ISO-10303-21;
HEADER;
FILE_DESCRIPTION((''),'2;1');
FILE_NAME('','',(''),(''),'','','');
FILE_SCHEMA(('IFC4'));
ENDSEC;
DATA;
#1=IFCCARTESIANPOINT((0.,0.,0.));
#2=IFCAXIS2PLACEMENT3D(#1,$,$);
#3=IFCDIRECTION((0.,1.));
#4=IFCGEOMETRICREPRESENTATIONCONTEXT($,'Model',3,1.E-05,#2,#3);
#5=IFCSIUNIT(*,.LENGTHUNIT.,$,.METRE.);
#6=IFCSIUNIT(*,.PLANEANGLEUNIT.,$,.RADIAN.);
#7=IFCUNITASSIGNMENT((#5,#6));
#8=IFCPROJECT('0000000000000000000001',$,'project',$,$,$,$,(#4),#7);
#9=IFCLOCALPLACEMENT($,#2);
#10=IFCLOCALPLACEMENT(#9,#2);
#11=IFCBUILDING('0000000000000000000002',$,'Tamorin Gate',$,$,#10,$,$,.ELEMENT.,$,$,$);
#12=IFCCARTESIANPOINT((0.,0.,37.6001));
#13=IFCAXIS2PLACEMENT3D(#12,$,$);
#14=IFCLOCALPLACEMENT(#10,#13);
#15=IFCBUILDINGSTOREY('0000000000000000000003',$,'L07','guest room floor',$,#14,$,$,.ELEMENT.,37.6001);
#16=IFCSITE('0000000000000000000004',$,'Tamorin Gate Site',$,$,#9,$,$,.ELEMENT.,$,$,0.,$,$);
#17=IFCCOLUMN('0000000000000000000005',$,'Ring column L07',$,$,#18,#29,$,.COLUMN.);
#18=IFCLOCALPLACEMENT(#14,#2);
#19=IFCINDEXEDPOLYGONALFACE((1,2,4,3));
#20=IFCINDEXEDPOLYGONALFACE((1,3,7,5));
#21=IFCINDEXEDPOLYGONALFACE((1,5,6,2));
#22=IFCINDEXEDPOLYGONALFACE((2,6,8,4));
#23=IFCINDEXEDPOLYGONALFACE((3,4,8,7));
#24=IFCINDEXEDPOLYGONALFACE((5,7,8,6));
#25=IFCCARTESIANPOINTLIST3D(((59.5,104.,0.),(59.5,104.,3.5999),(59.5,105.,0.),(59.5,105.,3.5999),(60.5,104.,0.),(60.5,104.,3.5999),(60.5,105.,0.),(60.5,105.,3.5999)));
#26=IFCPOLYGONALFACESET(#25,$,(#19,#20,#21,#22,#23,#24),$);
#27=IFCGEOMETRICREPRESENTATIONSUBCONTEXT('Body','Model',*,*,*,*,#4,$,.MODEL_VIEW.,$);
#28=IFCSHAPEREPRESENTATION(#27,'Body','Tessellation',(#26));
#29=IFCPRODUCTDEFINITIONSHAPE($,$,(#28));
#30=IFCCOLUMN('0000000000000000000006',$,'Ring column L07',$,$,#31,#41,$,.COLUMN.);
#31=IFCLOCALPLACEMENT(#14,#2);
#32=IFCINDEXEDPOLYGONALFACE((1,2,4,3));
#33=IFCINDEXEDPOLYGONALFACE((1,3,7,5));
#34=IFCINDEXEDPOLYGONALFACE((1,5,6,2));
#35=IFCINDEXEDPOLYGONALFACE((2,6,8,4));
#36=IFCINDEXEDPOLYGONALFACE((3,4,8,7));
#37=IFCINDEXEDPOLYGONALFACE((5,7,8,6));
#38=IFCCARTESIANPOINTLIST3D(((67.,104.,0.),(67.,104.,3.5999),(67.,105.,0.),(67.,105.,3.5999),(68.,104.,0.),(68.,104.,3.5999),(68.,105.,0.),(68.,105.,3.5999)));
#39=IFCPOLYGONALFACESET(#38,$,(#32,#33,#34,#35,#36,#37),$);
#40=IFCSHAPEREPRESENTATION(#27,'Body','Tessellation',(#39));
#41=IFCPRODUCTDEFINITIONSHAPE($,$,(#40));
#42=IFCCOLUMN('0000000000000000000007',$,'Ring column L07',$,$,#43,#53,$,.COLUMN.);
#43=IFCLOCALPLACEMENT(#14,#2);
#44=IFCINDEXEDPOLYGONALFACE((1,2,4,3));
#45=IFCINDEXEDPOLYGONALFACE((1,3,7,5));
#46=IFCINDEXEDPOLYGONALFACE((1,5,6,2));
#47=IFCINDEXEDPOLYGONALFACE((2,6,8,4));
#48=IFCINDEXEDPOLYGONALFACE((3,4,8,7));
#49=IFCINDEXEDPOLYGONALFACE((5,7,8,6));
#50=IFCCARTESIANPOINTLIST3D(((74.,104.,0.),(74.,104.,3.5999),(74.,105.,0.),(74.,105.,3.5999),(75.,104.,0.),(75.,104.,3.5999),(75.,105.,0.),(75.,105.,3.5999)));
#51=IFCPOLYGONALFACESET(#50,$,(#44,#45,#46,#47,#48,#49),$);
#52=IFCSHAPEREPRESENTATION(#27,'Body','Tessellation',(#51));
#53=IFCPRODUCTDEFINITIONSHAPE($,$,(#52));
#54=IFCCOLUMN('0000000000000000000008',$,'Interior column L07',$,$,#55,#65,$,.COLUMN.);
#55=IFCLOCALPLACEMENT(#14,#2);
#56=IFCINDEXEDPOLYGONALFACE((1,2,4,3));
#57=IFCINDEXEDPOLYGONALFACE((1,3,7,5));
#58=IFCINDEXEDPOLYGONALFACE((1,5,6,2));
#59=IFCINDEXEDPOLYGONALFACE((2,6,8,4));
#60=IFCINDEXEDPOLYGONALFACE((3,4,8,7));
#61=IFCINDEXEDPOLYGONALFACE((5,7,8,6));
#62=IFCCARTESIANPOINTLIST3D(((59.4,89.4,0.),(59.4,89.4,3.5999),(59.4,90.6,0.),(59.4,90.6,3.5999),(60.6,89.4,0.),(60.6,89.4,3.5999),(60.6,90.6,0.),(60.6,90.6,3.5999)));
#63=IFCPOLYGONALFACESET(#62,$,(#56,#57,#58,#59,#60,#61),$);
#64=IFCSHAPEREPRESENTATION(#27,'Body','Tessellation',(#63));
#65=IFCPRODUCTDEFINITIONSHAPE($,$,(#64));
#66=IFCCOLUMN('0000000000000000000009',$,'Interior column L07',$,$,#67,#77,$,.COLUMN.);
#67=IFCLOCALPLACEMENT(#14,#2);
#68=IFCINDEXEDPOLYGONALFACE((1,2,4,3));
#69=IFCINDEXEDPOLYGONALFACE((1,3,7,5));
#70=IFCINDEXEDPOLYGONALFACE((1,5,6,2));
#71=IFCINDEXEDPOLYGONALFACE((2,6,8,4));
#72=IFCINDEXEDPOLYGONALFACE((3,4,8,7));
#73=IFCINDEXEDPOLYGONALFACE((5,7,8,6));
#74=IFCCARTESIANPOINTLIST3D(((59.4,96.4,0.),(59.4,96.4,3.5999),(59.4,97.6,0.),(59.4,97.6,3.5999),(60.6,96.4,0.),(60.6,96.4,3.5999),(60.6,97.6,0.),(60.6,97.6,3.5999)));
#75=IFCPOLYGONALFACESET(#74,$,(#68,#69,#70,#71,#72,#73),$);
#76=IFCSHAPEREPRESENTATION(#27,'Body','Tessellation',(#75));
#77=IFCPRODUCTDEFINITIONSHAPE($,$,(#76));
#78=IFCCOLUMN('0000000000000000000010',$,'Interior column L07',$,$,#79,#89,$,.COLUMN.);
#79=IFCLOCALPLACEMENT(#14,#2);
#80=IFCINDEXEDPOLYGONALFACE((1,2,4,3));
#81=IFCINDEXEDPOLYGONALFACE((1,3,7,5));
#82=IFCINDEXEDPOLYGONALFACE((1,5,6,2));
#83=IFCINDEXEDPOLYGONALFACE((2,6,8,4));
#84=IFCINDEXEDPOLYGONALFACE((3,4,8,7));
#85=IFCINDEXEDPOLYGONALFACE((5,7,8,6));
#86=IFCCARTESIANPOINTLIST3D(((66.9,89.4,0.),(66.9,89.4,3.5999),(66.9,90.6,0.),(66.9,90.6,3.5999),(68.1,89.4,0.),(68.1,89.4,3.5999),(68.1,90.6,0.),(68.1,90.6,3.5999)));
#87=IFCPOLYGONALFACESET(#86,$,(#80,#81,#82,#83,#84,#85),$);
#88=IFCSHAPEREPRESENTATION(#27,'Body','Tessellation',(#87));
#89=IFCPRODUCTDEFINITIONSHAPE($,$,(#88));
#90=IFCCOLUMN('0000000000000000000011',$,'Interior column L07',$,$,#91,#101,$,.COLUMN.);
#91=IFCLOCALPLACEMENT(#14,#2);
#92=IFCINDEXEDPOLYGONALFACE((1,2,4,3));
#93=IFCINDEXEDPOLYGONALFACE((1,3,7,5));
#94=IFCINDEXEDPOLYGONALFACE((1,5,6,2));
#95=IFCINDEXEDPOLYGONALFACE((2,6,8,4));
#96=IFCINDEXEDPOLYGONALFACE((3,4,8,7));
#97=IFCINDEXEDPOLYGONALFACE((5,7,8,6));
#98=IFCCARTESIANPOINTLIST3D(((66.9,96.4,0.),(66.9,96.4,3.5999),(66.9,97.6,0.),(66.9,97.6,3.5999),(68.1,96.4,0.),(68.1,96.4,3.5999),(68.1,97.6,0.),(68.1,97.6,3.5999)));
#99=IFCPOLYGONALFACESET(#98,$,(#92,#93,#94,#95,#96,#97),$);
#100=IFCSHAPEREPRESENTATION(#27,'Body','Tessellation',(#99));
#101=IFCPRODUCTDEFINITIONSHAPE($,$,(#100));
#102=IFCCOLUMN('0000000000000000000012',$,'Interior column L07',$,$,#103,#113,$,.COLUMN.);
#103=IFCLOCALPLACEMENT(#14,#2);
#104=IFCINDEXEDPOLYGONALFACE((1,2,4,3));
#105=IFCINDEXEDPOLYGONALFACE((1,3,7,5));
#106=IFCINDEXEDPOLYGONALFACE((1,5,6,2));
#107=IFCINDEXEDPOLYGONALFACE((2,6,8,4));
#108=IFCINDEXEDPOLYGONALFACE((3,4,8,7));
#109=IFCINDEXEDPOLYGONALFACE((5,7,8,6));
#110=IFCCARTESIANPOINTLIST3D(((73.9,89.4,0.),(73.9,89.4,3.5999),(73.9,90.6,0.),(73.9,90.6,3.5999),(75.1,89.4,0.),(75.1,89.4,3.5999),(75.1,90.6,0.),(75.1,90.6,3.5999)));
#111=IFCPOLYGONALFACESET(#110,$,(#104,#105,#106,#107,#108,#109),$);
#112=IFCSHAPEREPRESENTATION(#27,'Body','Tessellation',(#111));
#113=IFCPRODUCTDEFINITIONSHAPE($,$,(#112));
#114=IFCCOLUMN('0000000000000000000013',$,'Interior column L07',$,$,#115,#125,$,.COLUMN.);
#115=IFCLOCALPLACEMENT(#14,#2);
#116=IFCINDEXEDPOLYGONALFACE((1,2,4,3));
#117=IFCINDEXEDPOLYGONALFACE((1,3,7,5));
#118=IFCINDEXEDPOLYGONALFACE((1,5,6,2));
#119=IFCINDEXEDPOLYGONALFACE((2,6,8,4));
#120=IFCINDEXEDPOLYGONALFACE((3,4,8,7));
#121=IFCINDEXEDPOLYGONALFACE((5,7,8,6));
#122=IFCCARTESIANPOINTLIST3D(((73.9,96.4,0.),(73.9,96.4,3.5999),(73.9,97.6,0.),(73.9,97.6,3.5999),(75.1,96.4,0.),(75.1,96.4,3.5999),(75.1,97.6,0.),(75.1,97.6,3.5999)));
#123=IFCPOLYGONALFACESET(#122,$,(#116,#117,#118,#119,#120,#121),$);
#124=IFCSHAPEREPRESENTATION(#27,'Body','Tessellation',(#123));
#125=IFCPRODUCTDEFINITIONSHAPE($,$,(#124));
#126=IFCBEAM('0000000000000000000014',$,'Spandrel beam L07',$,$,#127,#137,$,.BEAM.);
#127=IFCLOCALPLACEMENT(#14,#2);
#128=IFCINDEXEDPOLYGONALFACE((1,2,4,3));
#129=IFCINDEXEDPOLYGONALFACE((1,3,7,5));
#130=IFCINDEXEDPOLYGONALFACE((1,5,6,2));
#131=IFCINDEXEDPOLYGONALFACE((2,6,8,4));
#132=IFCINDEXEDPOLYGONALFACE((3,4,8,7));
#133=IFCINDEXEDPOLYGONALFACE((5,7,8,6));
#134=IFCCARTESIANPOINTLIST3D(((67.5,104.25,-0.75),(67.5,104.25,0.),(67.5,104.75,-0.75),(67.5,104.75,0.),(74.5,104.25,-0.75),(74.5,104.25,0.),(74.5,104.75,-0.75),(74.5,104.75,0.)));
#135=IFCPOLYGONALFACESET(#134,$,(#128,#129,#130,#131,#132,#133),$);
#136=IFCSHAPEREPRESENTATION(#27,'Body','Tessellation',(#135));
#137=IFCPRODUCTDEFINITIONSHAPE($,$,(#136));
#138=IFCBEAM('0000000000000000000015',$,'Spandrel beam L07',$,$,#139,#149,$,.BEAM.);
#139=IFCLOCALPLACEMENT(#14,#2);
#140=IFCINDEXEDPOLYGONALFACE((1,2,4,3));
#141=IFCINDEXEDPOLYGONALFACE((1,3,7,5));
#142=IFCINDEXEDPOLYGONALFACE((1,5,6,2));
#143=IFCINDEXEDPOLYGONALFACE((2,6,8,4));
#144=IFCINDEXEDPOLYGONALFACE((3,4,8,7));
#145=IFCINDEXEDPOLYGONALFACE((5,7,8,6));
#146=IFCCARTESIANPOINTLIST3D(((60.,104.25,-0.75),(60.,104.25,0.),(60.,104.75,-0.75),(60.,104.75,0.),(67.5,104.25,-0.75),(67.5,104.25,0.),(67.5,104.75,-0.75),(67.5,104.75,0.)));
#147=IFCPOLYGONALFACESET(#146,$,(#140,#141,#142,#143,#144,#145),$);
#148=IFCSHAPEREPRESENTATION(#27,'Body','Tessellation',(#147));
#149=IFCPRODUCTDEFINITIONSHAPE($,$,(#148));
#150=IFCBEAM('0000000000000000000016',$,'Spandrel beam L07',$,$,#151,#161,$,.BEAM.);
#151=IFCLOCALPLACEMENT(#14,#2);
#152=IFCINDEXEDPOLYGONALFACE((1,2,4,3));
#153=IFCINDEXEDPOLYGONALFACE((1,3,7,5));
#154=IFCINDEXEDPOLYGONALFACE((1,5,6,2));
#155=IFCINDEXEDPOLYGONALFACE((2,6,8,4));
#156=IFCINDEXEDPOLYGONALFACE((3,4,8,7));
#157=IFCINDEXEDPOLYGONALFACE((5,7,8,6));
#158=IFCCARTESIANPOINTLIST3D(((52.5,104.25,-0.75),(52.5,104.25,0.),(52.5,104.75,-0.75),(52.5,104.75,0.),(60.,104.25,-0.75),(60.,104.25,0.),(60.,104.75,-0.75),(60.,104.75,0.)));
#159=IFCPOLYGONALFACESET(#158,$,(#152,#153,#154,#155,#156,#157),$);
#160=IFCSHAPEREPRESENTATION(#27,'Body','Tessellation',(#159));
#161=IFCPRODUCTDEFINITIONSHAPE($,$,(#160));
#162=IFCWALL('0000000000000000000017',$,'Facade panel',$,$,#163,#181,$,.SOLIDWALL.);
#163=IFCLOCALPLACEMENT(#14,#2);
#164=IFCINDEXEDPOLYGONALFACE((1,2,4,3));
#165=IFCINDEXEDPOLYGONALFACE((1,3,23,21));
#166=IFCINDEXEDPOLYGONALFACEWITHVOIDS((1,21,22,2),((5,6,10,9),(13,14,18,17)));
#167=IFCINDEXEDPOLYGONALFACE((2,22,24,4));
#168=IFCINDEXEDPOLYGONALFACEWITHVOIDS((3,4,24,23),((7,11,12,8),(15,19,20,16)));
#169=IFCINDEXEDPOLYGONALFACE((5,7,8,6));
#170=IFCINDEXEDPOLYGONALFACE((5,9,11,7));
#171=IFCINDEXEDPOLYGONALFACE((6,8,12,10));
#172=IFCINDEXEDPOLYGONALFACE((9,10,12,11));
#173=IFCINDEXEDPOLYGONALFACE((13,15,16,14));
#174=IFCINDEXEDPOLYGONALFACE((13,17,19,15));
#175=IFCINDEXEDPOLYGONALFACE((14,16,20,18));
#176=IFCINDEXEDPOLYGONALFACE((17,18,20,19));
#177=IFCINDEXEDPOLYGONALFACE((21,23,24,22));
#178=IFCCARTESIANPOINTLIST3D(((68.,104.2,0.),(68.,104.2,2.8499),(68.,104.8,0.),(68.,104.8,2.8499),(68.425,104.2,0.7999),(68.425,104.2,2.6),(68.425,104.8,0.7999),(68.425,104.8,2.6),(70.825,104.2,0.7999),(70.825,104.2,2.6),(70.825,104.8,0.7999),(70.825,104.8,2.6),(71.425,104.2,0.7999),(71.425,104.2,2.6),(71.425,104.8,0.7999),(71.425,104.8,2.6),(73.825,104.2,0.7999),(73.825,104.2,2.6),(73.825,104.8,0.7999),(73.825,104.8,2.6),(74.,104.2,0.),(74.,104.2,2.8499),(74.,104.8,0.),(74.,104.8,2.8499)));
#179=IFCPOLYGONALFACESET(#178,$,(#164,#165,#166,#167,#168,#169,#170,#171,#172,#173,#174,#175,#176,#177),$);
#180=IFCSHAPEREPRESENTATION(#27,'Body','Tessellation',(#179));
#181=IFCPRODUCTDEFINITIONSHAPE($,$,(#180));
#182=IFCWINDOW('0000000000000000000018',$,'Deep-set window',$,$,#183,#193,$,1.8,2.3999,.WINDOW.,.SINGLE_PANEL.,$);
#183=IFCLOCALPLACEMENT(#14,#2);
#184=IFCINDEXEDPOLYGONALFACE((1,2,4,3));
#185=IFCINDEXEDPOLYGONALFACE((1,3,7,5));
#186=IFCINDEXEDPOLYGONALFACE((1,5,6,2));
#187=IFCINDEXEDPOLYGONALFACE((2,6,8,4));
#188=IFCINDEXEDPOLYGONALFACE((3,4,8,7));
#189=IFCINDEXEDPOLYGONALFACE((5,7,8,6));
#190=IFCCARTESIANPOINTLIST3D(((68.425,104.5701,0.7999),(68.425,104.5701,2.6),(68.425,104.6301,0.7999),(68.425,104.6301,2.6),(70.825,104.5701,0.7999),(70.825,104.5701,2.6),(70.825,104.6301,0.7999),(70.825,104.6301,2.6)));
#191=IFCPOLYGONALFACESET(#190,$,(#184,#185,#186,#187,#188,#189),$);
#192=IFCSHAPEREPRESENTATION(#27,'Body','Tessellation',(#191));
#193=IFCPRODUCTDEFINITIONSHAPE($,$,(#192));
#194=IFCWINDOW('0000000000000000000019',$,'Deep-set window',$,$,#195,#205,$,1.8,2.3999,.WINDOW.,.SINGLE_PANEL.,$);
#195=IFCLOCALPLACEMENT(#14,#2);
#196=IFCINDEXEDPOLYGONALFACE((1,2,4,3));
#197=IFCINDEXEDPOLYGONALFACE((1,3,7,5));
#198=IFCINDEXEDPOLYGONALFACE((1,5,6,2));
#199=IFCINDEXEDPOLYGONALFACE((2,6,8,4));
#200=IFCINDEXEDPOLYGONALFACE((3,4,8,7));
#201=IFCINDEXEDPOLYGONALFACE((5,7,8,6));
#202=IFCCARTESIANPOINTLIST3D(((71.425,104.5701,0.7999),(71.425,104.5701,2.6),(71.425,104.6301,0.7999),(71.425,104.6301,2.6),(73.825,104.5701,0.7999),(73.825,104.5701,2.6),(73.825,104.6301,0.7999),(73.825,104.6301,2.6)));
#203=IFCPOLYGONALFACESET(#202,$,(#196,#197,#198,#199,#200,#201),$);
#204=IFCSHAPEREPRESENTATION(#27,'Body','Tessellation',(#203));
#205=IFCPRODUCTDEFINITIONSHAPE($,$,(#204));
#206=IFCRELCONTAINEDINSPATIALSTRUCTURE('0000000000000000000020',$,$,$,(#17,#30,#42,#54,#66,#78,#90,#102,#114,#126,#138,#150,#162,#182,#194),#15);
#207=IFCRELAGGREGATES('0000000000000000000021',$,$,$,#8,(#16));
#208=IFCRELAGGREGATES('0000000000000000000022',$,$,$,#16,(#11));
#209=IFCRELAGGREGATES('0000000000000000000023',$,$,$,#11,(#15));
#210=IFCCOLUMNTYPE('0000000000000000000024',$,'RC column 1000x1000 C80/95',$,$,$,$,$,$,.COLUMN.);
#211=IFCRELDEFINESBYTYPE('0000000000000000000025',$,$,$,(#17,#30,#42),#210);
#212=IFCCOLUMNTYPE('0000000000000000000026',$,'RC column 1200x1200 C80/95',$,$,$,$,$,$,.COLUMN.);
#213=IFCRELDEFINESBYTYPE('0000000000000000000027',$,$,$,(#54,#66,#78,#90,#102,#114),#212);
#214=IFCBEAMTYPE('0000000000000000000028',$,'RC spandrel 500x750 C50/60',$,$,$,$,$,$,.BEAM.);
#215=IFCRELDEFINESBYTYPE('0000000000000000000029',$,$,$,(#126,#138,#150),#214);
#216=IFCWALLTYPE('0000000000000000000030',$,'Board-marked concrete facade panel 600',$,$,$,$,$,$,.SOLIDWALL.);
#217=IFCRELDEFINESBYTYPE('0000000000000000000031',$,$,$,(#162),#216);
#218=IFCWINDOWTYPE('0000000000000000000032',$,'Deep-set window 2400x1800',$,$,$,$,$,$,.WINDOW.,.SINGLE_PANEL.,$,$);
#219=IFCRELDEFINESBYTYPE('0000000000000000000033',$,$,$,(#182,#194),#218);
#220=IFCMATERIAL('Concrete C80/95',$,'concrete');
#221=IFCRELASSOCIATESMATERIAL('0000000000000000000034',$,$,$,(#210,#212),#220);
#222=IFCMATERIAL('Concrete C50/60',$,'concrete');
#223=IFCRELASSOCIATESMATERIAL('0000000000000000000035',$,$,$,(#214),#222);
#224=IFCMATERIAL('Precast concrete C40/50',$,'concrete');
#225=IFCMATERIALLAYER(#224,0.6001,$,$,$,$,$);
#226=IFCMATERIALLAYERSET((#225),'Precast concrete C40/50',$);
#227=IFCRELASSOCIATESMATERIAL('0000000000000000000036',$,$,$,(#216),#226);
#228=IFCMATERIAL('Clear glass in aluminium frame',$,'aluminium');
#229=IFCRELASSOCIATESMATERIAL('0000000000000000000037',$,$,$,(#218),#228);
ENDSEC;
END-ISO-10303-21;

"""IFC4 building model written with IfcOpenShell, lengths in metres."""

from ifc_helpers import new_model, si_unit, direction, frame, frame_2d, origin, origin_2d, place, context, subcontext, project, spatial, rectangle, extrude, material, layer, layer_set, material_profile, profile_set, type_object, element, fill, save


model = new_model("IFC4")

# Units and contexts
model_context = context("Model", 3, precision=1e-05, world=origin(), true_north=direction((0.0, 1.0)))
body_context = subcontext(model_context, "Body", "Model", "MODEL_VIEW")
ifc_project = project(units=[si_unit("LENGTHUNIT", "METRE"), si_unit("PLANEANGLEUNIT", "RADIAN")], contexts=[model_context])

# Site, building, storey
site_placement = place(None, origin())
site = spatial("IfcSite", under=ifc_project, at=site_placement, Name="Tamorin Gate Site", CompositionType="ELEMENT", RefElevation=0.0)
building_placement = place(site_placement, origin())
building = spatial("IfcBuilding", under=site, at=building_placement, Name="Tamorin Gate", CompositionType="ELEMENT")
storey_placement = place(building_placement, frame((0.0, 0.0, 37.6001)))
storey = spatial("IfcBuildingStorey", under=building, at=storey_placement, Name="L07", Description="guest room floor", CompositionType="ELEMENT", Elevation=37.6001)

# Columns
ifc_material_1 = material(Name="Concrete C80/95", Category="concrete")
ifc_material_profile_1 = material_profile(ifc_material_1, rectangle(XDim=1.0, YDim=1.0, at=origin_2d()), Name="RC 1000x1000")
ifc_profile_set_1 = profile_set([ifc_material_profile_1], Name="Concrete C80/95")
column_type_1 = type_object("IfcColumnType", Name="RC column 1000x1000 C80/95", PredefinedType="COLUMN", material=ifc_profile_set_1)
for number, where, z_axis, x_axis, name in (
    (1, (60.0, 104.5, 0.0), (0.0, 0.0, 1.0), (1.0, 0.0, 0.0), "Ring column L07"),
    (2, (67.5, 104.5, 0.0), (0.0, 0.0, 1.0), (1.0, 0.0, 0.0), "Ring column L07"),
    (3, (74.5, 104.5, 0.0), (0.0, 0.0, 1.0), (1.0, 0.0, 0.0), "Ring column L07"),
):
    element("IfcColumn", number, at=place(storey_placement, frame(where, z_axis=z_axis, x_axis=x_axis)), inside=storey, type_object=column_type_1, Name=name, PredefinedType="COLUMN", context=body_context, shape_type="SweptSolid", body=[
        extrude(rectangle(XDim=1.0, YDim=1.0, at=origin_2d()), origin(), (0.0, 0.0, 1.0), 3.5999),
    ])
ifc_material_profile_2 = material_profile(ifc_material_1, rectangle(XDim=1.2, YDim=1.2, at=origin_2d()), Name="RC 1200x1200")
ifc_profile_set_2 = profile_set([ifc_material_profile_2], Name="Concrete C80/95")
column_type_2 = type_object("IfcColumnType", Name="RC column 1200x1200 C80/95", PredefinedType="COLUMN", material=ifc_profile_set_2)
for number, where, z_axis, x_axis, name in (
    (4, (60.0, 90.0, 0.0), (0.0, 0.0, 1.0), (1.0, 0.0, 0.0), "Interior column L07"),
    (5, (60.0, 97.0, 0.0), (0.0, 0.0, 1.0), (1.0, 0.0, 0.0), "Interior column L07"),
    (6, (67.5, 90.0, 0.0), (0.0, 0.0, 1.0), (1.0, 0.0, 0.0), "Interior column L07"),
    (7, (67.5, 97.0, 0.0), (0.0, 0.0, 1.0), (1.0, 0.0, 0.0), "Interior column L07"),
    (8, (74.5, 90.0, 0.0), (0.0, 0.0, 1.0), (1.0, 0.0, 0.0), "Interior column L07"),
    (9, (74.5, 97.0, 0.0), (0.0, 0.0, 1.0), (1.0, 0.0, 0.0), "Interior column L07"),
):
    element("IfcColumn", number, at=place(storey_placement, frame(where, z_axis=z_axis, x_axis=x_axis)), inside=storey, type_object=column_type_2, Name=name, PredefinedType="COLUMN", context=body_context, shape_type="SweptSolid", body=[
        extrude(rectangle(XDim=1.2, YDim=1.2, at=origin_2d()), origin(), (0.0, 0.0, 1.0), 3.5999),
    ])

# Beams
ifc_material_2 = material(Name="Concrete C50/60", Category="concrete")
ifc_material_profile_3 = material_profile(ifc_material_2, rectangle(XDim=0.5, YDim=0.75, at=origin_2d()), Name="RC 500x750")
ifc_profile_set_3 = profile_set([ifc_material_profile_3], Name="Concrete C50/60")
beam_type = type_object("IfcBeamType", Name="RC spandrel 500x750 C50/60", PredefinedType="BEAM", material=ifc_profile_set_3)
beam_placement = place(storey_placement, frame((74.5, 104.5, -0.375), z_axis=(-1.0, 0.0, 0.0), x_axis=(0.0, -1.0, 0.0)))
element("IfcBeam", 10, at=beam_placement, inside=storey, type_object=beam_type, Name="Spandrel beam L07", PredefinedType="BEAM", context=body_context, shape_type="SweptSolid", body=[
    extrude(rectangle(XDim=0.5, YDim=0.75, at=origin_2d()), origin(), (0.0, 0.0, 1.0), 7.0),
])
for number, where, z_axis, x_axis, name in (
    (11, (67.5, 104.5, -0.375), (-1.0, 0.0, 0.0), (0.0, -1.0, 0.0), "Spandrel beam L07"),
    (12, (60.0, 104.5, -0.375), (-1.0, 0.0, 0.0), (0.0, -1.0, 0.0), "Spandrel beam L07"),
):
    element("IfcBeam", number, at=place(storey_placement, frame(where, z_axis=z_axis, x_axis=x_axis)), inside=storey, type_object=beam_type, Name=name, PredefinedType="BEAM", context=body_context, shape_type="SweptSolid", body=[
        extrude(rectangle(XDim=0.5, YDim=0.75, at=origin_2d()), origin(), (0.0, 0.0, 1.0), 7.5),
    ])

# Wall, openings, windows
ifc_material_3 = material(Name="Precast concrete C40/50", Category="concrete")
ifc_layer_1 = layer(ifc_material_3, 0.6001)
ifc_layer_set_1 = layer_set([ifc_layer_1], Name="Precast concrete C40/50")
wall_type_1 = type_object("IfcWallType", Name="Board-marked concrete facade panel 600", PredefinedType="SOLIDWALL", material=ifc_layer_set_1)
wall_1_placement = place(storey_placement, frame((74.0, 104.5, 0.0), z_axis=(0.0, 0.0, 1.0), x_axis=(-1.0, 0.0, 0.0)))
wall_1 = element("IfcWall", 13, at=wall_1_placement, inside=storey, type_object=wall_type_1, Name="Facade panel", PredefinedType="SOLIDWALL", context=body_context, shape_type="SweptSolid", body=[
    extrude(rectangle(XDim=6.0, YDim=0.6001, at=frame_2d((3.0, 0.0))), origin(), (0.0, 0.0, 1.0), 2.8499),
])
opening_1_placement = place(wall_1_placement, frame((3.175, 0.0, 0.8)))
opening_1 = element("IfcOpeningElement", 14, at=opening_1_placement, cuts=wall_1, PredefinedType="OPENING", context=body_context, shape_type="SweptSolid", body=[
    extrude(rectangle(XDim=2.3999, YDim=1.8, at=frame_2d((1.2, 0.8999))), frame((0.0, 0.3101, 0.0), z_axis=(0.0, -1.0, 0.0), x_axis=(1.0, 0.0, 0.0)), (0.0, 0.0, 1.0), 0.6201),
])
opening_2_placement = place(wall_1_placement, frame((0.175, 0.0, 0.8)))
opening_2 = element("IfcOpeningElement", 15, at=opening_2_placement, cuts=wall_1, PredefinedType="OPENING", context=body_context, shape_type="SweptSolid", body=[
    extrude(rectangle(XDim=2.3999, YDim=1.8, at=frame_2d((1.2, 0.8999))), frame((0.0, 0.3101, 0.0), z_axis=(0.0, -1.0, 0.0), x_axis=(1.0, 0.0, 0.0)), (0.0, 0.0, 1.0), 0.6201),
])
ifc_material_4 = material(Name="Clear glass in aluminium frame", Category="aluminium")
window_type = type_object("IfcWindowType", Name="Deep-set window 2400x1800", PartitioningType="SINGLE_PANEL", PredefinedType="WINDOW", material=ifc_material_4)
window_1_placement = place(opening_1_placement, origin())
window_1 = element("IfcWindow", 16, at=window_1_placement, inside=storey, type_object=window_type, Name="Deep-set window", OverallHeight=1.8, OverallWidth=2.3999, PartitioningType="SINGLE_PANEL", PredefinedType="WINDOW", context=body_context, shape_type="SweptSolid", body=[
    extrude(rectangle(XDim=2.3999, YDim=1.8, at=frame_2d((1.2, 0.8999))), frame((0.0, -0.0701, 0.0), z_axis=(0.0, -1.0, 0.0), x_axis=(1.0, 0.0, 0.0)), (0.0, 0.0, 1.0), 0.0601),
])
fill(opening_1, window_1)
window_2_placement = place(opening_2_placement, origin())
window_2 = element("IfcWindow", 17, at=window_2_placement, inside=storey, type_object=window_type, Name="Deep-set window", OverallHeight=1.8, OverallWidth=2.3999, PartitioningType="SINGLE_PANEL", PredefinedType="WINDOW", context=body_context, shape_type="SweptSolid", body=[
    extrude(rectangle(XDim=2.3999, YDim=1.8, at=frame_2d((1.2, 0.8999))), frame((0.0, -0.0701, 0.0), z_axis=(0.0, -1.0, 0.0), x_axis=(1.0, 0.0, 0.0)), (0.0, 0.0, 1.0), 0.0601),
])
fill(opening_2, window_2)

save(model, "model.ifc")
